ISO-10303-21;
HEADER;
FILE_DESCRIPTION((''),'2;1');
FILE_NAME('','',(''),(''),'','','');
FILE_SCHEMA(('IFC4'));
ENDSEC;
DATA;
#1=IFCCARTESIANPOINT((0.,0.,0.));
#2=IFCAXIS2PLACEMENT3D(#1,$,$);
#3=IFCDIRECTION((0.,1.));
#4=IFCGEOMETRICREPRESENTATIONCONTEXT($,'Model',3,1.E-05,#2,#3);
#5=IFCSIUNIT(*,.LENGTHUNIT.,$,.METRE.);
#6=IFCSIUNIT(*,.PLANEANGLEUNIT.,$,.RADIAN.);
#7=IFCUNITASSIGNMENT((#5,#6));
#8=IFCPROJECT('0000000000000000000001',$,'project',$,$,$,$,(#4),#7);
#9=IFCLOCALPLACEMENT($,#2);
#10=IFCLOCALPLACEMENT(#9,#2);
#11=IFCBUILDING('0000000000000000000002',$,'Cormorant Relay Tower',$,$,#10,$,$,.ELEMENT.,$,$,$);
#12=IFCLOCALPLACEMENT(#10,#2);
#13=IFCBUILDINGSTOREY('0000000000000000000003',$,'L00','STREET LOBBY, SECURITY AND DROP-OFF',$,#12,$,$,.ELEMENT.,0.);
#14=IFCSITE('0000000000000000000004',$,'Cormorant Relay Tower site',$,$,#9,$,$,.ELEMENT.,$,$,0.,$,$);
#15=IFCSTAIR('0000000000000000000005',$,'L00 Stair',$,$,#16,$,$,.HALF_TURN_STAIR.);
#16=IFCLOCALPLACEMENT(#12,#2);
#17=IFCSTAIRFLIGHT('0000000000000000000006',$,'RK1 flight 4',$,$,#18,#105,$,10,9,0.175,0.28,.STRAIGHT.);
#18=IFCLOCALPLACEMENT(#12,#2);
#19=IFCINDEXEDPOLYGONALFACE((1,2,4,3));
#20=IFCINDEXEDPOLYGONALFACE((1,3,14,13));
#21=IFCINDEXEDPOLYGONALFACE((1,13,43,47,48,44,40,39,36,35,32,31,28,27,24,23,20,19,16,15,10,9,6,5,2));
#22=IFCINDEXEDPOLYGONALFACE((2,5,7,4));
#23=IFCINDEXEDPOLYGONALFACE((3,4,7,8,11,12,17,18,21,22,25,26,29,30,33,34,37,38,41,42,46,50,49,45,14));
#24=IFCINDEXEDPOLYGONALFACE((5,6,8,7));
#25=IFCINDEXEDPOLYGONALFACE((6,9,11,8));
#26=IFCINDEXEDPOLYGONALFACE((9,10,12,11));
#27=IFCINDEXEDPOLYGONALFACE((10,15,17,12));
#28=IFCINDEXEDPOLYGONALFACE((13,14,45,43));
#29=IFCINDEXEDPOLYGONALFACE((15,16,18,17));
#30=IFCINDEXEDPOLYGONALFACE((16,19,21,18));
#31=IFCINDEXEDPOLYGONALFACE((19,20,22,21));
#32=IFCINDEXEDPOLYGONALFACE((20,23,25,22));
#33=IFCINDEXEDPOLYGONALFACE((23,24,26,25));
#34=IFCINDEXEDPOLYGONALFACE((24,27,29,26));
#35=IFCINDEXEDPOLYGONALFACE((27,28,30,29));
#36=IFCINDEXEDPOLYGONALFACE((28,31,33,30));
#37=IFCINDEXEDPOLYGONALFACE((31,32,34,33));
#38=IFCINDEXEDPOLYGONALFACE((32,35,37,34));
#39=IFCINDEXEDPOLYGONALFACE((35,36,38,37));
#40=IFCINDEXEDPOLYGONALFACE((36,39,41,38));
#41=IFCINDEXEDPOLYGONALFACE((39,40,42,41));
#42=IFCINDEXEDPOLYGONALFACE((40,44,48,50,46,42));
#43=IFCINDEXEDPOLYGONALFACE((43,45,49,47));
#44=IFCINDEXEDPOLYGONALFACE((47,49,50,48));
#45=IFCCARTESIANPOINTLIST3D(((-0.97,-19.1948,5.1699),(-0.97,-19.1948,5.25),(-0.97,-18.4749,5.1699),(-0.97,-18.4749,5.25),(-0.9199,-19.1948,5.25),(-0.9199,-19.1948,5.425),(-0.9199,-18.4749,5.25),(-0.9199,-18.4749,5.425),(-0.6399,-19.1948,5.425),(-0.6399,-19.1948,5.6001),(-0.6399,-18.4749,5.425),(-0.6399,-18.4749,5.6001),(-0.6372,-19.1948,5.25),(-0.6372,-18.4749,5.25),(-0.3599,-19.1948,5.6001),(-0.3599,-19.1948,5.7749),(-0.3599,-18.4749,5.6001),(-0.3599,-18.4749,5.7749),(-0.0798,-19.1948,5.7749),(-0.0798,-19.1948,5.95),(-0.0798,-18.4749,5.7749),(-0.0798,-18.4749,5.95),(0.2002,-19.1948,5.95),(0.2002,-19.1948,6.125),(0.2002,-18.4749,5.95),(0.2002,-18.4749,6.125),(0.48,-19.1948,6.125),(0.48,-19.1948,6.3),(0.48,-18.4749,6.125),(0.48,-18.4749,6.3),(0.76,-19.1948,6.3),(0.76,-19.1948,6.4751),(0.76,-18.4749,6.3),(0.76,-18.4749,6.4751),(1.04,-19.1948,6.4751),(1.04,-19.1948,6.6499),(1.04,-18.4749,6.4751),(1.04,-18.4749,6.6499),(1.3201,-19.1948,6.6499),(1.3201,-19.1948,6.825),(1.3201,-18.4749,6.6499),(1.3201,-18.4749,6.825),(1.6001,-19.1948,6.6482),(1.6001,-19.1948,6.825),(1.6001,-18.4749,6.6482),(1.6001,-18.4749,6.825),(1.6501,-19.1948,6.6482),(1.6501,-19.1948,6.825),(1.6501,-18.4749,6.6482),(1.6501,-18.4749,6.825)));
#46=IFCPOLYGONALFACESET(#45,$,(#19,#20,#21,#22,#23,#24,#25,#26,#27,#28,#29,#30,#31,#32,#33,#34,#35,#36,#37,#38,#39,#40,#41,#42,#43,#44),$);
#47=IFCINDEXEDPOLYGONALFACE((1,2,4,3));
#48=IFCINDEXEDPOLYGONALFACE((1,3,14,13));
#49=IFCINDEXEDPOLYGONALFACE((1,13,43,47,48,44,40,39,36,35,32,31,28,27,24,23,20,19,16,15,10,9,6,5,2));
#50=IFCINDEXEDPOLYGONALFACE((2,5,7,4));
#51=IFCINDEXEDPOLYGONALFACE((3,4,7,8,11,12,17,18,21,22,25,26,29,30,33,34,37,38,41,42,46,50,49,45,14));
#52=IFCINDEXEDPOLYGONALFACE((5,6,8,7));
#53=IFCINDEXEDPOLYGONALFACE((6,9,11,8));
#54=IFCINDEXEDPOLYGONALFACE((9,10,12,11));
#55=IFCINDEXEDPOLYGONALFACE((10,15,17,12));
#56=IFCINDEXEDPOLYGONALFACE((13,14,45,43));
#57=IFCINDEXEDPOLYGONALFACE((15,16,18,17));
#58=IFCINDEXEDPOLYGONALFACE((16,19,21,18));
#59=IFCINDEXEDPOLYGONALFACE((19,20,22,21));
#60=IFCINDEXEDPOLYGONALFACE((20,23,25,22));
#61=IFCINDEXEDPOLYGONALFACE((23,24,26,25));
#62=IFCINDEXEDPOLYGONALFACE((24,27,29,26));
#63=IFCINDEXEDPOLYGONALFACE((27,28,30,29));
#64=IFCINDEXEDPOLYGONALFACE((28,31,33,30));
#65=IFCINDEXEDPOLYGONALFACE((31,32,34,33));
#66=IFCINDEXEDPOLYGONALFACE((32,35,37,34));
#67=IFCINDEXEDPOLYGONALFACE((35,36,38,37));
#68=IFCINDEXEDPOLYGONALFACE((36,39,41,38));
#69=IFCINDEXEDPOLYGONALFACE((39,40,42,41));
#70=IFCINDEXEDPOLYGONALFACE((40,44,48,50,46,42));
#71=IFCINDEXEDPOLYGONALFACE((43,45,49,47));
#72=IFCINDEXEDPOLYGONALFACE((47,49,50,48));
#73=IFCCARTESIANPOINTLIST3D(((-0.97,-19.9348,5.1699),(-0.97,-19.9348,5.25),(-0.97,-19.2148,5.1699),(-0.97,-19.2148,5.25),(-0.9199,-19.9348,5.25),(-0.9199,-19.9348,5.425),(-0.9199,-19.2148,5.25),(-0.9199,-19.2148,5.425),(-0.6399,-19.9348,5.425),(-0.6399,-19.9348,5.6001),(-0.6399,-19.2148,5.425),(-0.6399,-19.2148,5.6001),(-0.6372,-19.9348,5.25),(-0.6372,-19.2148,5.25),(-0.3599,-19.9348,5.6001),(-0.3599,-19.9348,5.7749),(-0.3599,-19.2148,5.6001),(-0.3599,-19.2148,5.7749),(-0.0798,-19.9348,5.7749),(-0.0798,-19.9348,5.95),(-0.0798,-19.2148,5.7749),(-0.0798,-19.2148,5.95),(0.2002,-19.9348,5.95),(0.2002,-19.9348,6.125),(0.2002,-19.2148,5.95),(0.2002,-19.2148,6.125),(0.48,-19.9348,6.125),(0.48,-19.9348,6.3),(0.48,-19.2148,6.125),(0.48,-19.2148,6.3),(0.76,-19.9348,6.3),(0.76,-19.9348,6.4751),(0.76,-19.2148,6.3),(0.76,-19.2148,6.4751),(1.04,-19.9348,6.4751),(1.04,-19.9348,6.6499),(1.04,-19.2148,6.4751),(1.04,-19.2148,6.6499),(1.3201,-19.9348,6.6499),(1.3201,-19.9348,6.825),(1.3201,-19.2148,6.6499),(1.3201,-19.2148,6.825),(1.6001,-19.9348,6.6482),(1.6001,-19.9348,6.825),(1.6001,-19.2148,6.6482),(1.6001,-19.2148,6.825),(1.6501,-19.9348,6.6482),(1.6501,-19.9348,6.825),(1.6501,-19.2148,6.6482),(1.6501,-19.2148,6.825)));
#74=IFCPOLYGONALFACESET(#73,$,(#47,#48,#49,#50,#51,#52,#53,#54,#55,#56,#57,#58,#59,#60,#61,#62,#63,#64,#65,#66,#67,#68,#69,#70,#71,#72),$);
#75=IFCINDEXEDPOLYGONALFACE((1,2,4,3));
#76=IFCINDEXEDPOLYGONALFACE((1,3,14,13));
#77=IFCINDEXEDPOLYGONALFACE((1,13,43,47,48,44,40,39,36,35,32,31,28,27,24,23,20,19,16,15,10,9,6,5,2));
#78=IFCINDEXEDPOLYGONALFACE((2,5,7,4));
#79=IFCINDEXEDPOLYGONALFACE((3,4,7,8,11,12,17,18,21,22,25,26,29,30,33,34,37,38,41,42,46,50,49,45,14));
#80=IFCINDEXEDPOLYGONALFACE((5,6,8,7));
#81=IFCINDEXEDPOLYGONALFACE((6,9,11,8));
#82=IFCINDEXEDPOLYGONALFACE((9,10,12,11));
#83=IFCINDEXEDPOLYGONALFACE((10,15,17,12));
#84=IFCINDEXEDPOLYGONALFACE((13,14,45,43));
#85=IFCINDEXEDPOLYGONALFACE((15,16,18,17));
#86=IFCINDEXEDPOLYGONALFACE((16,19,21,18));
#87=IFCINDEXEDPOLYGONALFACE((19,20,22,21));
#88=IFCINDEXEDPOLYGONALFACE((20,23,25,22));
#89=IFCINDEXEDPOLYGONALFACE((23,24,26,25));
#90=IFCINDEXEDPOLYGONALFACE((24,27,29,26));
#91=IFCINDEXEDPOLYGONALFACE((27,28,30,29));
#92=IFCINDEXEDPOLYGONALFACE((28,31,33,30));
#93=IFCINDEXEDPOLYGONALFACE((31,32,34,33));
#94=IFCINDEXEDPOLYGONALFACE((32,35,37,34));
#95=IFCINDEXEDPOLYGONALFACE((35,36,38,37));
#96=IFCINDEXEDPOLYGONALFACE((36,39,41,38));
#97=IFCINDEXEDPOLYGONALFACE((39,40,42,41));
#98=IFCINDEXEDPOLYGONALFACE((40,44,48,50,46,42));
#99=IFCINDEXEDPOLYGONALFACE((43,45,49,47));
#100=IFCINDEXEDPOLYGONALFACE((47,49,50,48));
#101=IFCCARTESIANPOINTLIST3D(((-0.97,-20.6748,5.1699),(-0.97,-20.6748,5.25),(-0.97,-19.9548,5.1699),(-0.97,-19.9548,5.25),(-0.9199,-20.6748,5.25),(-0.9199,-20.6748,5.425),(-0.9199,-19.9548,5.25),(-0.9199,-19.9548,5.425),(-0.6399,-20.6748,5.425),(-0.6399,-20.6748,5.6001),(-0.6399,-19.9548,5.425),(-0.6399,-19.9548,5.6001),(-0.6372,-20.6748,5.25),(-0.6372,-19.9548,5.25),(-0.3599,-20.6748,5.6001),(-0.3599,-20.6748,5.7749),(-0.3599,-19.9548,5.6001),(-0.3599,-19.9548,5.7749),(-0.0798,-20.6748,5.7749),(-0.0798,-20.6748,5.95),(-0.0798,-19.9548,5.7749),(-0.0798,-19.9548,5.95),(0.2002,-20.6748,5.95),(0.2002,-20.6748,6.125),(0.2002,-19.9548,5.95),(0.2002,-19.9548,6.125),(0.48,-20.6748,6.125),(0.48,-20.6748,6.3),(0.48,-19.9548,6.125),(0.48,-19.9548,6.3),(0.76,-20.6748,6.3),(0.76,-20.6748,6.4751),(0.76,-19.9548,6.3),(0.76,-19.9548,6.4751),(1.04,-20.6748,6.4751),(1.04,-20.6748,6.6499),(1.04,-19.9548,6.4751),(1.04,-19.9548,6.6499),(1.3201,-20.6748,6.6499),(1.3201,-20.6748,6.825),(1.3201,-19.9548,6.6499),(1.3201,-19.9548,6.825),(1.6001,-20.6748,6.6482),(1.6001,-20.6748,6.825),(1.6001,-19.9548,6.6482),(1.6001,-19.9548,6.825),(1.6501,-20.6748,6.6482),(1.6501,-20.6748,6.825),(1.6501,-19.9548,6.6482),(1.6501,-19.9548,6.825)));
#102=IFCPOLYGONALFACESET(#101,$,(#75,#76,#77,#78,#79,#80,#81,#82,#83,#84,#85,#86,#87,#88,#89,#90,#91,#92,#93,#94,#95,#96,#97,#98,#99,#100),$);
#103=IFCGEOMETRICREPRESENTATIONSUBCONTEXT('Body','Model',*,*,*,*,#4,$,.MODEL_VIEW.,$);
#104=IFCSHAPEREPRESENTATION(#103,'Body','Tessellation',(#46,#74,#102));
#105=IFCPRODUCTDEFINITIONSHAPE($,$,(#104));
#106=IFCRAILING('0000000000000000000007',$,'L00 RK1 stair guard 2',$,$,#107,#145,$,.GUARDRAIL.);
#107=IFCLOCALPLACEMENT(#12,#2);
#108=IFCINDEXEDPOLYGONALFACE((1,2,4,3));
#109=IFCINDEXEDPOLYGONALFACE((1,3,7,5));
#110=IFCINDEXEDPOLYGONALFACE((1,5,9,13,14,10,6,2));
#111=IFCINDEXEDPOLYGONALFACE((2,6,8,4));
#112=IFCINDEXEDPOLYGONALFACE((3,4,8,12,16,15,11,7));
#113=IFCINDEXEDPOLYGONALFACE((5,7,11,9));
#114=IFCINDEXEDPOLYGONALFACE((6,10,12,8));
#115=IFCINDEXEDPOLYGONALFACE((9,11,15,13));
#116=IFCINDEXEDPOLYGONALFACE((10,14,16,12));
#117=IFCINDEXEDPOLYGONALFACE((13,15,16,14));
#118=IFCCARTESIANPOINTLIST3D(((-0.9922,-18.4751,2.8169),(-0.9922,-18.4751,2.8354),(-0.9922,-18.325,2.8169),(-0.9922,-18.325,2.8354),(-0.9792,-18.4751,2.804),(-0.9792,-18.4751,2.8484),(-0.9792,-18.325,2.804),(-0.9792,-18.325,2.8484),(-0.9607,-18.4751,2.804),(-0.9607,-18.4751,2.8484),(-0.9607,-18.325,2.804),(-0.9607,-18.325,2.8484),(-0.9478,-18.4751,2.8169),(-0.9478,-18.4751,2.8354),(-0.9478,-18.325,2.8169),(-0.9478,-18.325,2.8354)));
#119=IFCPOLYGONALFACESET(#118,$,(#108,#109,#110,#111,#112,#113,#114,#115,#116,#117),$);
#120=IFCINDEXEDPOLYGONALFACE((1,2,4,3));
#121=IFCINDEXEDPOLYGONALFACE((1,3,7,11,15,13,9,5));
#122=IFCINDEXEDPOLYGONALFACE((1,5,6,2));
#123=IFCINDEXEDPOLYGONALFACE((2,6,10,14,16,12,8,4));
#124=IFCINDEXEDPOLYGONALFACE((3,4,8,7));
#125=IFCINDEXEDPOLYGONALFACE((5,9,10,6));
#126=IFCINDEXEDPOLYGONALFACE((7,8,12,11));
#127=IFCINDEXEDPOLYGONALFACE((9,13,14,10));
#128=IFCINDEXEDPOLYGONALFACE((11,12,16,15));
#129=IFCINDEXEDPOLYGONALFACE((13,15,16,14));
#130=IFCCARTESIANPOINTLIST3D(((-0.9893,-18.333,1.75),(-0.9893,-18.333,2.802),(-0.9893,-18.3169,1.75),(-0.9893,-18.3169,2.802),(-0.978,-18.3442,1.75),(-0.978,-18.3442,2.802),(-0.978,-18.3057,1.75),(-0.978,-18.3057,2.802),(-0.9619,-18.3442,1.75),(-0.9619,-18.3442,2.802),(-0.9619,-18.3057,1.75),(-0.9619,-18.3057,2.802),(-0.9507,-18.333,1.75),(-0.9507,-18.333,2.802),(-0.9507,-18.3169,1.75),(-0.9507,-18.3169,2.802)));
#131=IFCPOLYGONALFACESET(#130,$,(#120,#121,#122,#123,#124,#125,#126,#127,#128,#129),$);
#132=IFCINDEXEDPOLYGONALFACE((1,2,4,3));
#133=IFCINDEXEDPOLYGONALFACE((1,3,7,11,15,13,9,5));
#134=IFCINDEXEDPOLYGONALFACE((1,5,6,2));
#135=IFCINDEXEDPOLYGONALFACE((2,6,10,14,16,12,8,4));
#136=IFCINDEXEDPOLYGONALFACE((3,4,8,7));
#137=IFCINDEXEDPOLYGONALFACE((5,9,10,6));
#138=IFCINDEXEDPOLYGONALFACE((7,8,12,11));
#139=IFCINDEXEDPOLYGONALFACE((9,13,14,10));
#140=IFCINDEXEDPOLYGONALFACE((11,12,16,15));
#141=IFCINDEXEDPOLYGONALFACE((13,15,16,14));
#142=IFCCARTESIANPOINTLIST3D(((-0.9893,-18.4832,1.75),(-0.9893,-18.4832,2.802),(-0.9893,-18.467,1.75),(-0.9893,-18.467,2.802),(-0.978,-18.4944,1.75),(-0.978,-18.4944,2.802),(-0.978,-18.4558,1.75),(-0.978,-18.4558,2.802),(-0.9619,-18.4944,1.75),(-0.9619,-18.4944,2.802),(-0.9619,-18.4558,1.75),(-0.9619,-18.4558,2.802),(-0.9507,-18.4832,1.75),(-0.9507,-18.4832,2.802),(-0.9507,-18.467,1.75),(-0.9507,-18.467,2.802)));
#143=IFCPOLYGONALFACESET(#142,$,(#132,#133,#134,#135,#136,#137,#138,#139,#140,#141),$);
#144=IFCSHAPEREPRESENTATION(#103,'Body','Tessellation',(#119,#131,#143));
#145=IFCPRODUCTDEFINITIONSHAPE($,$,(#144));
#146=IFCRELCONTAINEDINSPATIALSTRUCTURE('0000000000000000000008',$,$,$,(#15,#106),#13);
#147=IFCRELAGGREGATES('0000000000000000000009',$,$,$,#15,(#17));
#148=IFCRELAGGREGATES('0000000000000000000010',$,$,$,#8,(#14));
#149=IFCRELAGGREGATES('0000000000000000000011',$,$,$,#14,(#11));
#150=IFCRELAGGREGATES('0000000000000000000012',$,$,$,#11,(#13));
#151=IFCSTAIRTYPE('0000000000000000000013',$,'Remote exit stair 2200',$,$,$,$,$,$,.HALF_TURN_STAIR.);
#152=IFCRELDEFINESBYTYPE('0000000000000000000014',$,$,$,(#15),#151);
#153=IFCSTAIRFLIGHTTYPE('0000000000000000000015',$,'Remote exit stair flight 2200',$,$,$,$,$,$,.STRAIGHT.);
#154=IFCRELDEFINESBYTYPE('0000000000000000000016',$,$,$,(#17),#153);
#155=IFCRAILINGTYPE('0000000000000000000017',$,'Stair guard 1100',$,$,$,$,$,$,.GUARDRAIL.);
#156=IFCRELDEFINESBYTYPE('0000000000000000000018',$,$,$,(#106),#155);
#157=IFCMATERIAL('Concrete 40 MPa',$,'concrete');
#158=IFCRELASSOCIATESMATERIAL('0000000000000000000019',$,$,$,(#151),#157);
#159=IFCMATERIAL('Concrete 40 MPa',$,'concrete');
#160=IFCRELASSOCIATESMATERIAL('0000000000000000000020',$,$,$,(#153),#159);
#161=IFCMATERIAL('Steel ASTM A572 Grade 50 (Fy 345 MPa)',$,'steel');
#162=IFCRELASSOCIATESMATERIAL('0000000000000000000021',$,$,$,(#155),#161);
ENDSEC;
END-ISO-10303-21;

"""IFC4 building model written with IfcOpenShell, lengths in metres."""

from ifc_helpers import new_model, si_unit, direction, frame, origin, place, context, subcontext, project, spatial, polyline, outline, extrude, material, type_object, element, aggregate, save


model = new_model("IFC4")

# Units and contexts
model_context = context("Model", 3, precision=1e-05, world=origin(), true_north=direction((0.0, 1.0)))
body_context = subcontext(model_context, "Body", "Model", "MODEL_VIEW")
ifc_project = project(units=[si_unit("LENGTHUNIT", "METRE"), si_unit("PLANEANGLEUNIT", "RADIAN")], contexts=[model_context])

# Site, building, storey
site_placement = place(None, origin())
site = spatial("IfcSite", under=ifc_project, at=site_placement, Name="Cormorant Relay Tower site", CompositionType="ELEMENT", RefElevation=0.0)
building_placement = place(site_placement, origin())
building = spatial("IfcBuilding", under=site, at=building_placement, Name="Cormorant Relay Tower", CompositionType="ELEMENT")
storey_placement = place(building_placement, origin())
storey = spatial("IfcBuildingStorey", under=building, at=storey_placement, Name="L00", Description="STREET LOBBY, SECURITY AND DROP-OFF", CompositionType="ELEMENT", Elevation=0.0)

# Stair, stair flight
ifc_material_1 = material(Name="Concrete 40 MPa", Category="concrete")
stair_type = type_object("IfcStairType", Name="Remote exit stair 2200", PredefinedType="HALF_TURN_STAIR", material=ifc_material_1)
stair_placement = place(storey_placement, origin())
stair = element("IfcStair", 1, at=stair_placement, inside=storey, type_object=stair_type, Name="L00 Stair", PredefinedType="HALF_TURN_STAIR")
ifc_material_2 = material(Name="Concrete 40 MPa", Category="concrete")
stair_flight_type = type_object("IfcStairFlightType", Name="Remote exit stair flight 2200", PredefinedType="STRAIGHT", material=ifc_material_2)
stair_flight_1_placement = place(storey_placement, frame((-0.9199, -19.575, 5.25), z_axis=(0.0, 0.0, 1.0), x_axis=(1.0, 0.0, 0.0)))
stair_flight_1 = element("IfcStairFlight", 2, at=stair_flight_1_placement, type_object=stair_flight_type, Name="RK1 flight 4", NumberOfRisers=10, NumberOfTreads=9, PredefinedType="STRAIGHT", RiserHeight=0.175, TreadLength=0.28, context=body_context, shape_type="SweptSolid", body=[
    extrude(outline(polyline([(-0.05, -0.0801), (-0.05, 0.0), (0.0, 0.0), (0.0, 0.175), (0.28, 0.175), (0.28, 0.3501), (0.5601, 0.3501), (0.5601, 0.5249), (0.8401, 0.5249), (0.8401, 0.7), (1.1201, 0.7), (1.1201, 0.875), (1.3999, 0.875), (1.3999, 1.05), (1.6799, 1.05), (1.6799, 1.2251), (1.96, 1.2251), (1.96, 1.3999), (2.24, 1.3999), (2.24, 1.575), (2.52, 1.575), (2.5701, 1.575), (2.5701, 1.3982), (2.52, 1.3982), (0.2827, 0.0), (-0.05, -0.0801)])), frame((0.0, 1.1001, 0.0), z_axis=(0.0, -1.0, 0.0), x_axis=(1.0, 0.0, 0.0)), (0.0, 0.0, 1.0), 0.72),
    extrude(outline(polyline([(-0.05, -0.0801), (-0.05, 0.0), (0.0, 0.0), (0.0, 0.175), (0.28, 0.175), (0.28, 0.3501), (0.5601, 0.3501), (0.5601, 0.5249), (0.8401, 0.5249), (0.8401, 0.7), (1.1201, 0.7), (1.1201, 0.875), (1.3999, 0.875), (1.3999, 1.05), (1.6799, 1.05), (1.6799, 1.2251), (1.96, 1.2251), (1.96, 1.3999), (2.24, 1.3999), (2.24, 1.575), (2.52, 1.575), (2.5701, 1.575), (2.5701, 1.3982), (2.52, 1.3982), (0.2827, 0.0), (-0.05, -0.0801)])), frame((0.0, 0.3601, 0.0), z_axis=(0.0, -1.0, 0.0), x_axis=(1.0, 0.0, 0.0)), (0.0, 0.0, 1.0), 0.72),
    extrude(outline(polyline([(-0.05, -0.0801), (-0.05, 0.0), (0.0, 0.0), (0.0, 0.175), (0.28, 0.175), (0.28, 0.3501), (0.5601, 0.3501), (0.5601, 0.5249), (0.8401, 0.5249), (0.8401, 0.7), (1.1201, 0.7), (1.1201, 0.875), (1.3999, 0.875), (1.3999, 1.05), (1.6799, 1.05), (1.6799, 1.2251), (1.96, 1.2251), (1.96, 1.3999), (2.24, 1.3999), (2.24, 1.575), (2.52, 1.575), (2.5701, 1.575), (2.5701, 1.3982), (2.52, 1.3982), (0.2827, 0.0), (-0.05, -0.0801)])), frame((0.0, -0.3799, 0.0), z_axis=(0.0, -1.0, 0.0), x_axis=(1.0, 0.0, 0.0)), (0.0, 0.0, 1.0), 0.72),
])
aggregate(stair, [stair_flight_1])

# Railing
ifc_material_3 = material(Name="Steel ASTM A572 Grade 50 (Fy 345 MPa)", Category="steel")
railing_type_1 = type_object("IfcRailingType", Name="Stair guard 1100", PredefinedType="GUARDRAIL", material=ifc_material_3)
railing_1_placement = place(storey_placement, frame((-0.97, -18.325, 1.75)))
element("IfcRailing", 3, at=railing_1_placement, inside=storey, type_object=railing_type_1, Name="L00 RK1 stair guard 2", PredefinedType="GUARDRAIL", context=body_context, shape_type="SweptSolid", body=[
    extrude(outline(polyline([(0.0222, 0.0093), (0.0093, 0.0222), (-0.0093, 0.0222), (-0.0222, 0.0093), (-0.0222, -0.0093), (-0.0093, -0.0222), (0.0093, -0.0222), (0.0222, -0.0093), (0.0222, 0.0093)])), frame((0.0, 0.0, 1.0762), z_axis=(0.0, -1.0, 0.0), x_axis=(1.0, 0.0, 0.0)), (0.0, 0.0, 1.0), 0.1501),
    extrude(outline(polyline([(0.0193, 0.0081), (0.0081, 0.0193), (-0.0081, 0.0193), (-0.0193, 0.0081), (-0.0193, -0.0081), (-0.0081, -0.0193), (0.0081, -0.0193), (0.0193, -0.0081), (0.0193, 0.0081)])), origin(), (0.0, 0.0, 1.0), 1.052),
    extrude(outline(polyline([(0.0193, 0.0081), (0.0081, 0.0193), (-0.0081, 0.0193), (-0.0193, 0.0081), (-0.0193, -0.0081), (-0.0081, -0.0193), (0.0081, -0.0193), (0.0193, -0.0081), (0.0193, 0.0081)])), frame((0.0, -0.1501, 0.0)), (0.0, 0.0, 1.0), 1.052),
])

save(model, "model.ifc")
